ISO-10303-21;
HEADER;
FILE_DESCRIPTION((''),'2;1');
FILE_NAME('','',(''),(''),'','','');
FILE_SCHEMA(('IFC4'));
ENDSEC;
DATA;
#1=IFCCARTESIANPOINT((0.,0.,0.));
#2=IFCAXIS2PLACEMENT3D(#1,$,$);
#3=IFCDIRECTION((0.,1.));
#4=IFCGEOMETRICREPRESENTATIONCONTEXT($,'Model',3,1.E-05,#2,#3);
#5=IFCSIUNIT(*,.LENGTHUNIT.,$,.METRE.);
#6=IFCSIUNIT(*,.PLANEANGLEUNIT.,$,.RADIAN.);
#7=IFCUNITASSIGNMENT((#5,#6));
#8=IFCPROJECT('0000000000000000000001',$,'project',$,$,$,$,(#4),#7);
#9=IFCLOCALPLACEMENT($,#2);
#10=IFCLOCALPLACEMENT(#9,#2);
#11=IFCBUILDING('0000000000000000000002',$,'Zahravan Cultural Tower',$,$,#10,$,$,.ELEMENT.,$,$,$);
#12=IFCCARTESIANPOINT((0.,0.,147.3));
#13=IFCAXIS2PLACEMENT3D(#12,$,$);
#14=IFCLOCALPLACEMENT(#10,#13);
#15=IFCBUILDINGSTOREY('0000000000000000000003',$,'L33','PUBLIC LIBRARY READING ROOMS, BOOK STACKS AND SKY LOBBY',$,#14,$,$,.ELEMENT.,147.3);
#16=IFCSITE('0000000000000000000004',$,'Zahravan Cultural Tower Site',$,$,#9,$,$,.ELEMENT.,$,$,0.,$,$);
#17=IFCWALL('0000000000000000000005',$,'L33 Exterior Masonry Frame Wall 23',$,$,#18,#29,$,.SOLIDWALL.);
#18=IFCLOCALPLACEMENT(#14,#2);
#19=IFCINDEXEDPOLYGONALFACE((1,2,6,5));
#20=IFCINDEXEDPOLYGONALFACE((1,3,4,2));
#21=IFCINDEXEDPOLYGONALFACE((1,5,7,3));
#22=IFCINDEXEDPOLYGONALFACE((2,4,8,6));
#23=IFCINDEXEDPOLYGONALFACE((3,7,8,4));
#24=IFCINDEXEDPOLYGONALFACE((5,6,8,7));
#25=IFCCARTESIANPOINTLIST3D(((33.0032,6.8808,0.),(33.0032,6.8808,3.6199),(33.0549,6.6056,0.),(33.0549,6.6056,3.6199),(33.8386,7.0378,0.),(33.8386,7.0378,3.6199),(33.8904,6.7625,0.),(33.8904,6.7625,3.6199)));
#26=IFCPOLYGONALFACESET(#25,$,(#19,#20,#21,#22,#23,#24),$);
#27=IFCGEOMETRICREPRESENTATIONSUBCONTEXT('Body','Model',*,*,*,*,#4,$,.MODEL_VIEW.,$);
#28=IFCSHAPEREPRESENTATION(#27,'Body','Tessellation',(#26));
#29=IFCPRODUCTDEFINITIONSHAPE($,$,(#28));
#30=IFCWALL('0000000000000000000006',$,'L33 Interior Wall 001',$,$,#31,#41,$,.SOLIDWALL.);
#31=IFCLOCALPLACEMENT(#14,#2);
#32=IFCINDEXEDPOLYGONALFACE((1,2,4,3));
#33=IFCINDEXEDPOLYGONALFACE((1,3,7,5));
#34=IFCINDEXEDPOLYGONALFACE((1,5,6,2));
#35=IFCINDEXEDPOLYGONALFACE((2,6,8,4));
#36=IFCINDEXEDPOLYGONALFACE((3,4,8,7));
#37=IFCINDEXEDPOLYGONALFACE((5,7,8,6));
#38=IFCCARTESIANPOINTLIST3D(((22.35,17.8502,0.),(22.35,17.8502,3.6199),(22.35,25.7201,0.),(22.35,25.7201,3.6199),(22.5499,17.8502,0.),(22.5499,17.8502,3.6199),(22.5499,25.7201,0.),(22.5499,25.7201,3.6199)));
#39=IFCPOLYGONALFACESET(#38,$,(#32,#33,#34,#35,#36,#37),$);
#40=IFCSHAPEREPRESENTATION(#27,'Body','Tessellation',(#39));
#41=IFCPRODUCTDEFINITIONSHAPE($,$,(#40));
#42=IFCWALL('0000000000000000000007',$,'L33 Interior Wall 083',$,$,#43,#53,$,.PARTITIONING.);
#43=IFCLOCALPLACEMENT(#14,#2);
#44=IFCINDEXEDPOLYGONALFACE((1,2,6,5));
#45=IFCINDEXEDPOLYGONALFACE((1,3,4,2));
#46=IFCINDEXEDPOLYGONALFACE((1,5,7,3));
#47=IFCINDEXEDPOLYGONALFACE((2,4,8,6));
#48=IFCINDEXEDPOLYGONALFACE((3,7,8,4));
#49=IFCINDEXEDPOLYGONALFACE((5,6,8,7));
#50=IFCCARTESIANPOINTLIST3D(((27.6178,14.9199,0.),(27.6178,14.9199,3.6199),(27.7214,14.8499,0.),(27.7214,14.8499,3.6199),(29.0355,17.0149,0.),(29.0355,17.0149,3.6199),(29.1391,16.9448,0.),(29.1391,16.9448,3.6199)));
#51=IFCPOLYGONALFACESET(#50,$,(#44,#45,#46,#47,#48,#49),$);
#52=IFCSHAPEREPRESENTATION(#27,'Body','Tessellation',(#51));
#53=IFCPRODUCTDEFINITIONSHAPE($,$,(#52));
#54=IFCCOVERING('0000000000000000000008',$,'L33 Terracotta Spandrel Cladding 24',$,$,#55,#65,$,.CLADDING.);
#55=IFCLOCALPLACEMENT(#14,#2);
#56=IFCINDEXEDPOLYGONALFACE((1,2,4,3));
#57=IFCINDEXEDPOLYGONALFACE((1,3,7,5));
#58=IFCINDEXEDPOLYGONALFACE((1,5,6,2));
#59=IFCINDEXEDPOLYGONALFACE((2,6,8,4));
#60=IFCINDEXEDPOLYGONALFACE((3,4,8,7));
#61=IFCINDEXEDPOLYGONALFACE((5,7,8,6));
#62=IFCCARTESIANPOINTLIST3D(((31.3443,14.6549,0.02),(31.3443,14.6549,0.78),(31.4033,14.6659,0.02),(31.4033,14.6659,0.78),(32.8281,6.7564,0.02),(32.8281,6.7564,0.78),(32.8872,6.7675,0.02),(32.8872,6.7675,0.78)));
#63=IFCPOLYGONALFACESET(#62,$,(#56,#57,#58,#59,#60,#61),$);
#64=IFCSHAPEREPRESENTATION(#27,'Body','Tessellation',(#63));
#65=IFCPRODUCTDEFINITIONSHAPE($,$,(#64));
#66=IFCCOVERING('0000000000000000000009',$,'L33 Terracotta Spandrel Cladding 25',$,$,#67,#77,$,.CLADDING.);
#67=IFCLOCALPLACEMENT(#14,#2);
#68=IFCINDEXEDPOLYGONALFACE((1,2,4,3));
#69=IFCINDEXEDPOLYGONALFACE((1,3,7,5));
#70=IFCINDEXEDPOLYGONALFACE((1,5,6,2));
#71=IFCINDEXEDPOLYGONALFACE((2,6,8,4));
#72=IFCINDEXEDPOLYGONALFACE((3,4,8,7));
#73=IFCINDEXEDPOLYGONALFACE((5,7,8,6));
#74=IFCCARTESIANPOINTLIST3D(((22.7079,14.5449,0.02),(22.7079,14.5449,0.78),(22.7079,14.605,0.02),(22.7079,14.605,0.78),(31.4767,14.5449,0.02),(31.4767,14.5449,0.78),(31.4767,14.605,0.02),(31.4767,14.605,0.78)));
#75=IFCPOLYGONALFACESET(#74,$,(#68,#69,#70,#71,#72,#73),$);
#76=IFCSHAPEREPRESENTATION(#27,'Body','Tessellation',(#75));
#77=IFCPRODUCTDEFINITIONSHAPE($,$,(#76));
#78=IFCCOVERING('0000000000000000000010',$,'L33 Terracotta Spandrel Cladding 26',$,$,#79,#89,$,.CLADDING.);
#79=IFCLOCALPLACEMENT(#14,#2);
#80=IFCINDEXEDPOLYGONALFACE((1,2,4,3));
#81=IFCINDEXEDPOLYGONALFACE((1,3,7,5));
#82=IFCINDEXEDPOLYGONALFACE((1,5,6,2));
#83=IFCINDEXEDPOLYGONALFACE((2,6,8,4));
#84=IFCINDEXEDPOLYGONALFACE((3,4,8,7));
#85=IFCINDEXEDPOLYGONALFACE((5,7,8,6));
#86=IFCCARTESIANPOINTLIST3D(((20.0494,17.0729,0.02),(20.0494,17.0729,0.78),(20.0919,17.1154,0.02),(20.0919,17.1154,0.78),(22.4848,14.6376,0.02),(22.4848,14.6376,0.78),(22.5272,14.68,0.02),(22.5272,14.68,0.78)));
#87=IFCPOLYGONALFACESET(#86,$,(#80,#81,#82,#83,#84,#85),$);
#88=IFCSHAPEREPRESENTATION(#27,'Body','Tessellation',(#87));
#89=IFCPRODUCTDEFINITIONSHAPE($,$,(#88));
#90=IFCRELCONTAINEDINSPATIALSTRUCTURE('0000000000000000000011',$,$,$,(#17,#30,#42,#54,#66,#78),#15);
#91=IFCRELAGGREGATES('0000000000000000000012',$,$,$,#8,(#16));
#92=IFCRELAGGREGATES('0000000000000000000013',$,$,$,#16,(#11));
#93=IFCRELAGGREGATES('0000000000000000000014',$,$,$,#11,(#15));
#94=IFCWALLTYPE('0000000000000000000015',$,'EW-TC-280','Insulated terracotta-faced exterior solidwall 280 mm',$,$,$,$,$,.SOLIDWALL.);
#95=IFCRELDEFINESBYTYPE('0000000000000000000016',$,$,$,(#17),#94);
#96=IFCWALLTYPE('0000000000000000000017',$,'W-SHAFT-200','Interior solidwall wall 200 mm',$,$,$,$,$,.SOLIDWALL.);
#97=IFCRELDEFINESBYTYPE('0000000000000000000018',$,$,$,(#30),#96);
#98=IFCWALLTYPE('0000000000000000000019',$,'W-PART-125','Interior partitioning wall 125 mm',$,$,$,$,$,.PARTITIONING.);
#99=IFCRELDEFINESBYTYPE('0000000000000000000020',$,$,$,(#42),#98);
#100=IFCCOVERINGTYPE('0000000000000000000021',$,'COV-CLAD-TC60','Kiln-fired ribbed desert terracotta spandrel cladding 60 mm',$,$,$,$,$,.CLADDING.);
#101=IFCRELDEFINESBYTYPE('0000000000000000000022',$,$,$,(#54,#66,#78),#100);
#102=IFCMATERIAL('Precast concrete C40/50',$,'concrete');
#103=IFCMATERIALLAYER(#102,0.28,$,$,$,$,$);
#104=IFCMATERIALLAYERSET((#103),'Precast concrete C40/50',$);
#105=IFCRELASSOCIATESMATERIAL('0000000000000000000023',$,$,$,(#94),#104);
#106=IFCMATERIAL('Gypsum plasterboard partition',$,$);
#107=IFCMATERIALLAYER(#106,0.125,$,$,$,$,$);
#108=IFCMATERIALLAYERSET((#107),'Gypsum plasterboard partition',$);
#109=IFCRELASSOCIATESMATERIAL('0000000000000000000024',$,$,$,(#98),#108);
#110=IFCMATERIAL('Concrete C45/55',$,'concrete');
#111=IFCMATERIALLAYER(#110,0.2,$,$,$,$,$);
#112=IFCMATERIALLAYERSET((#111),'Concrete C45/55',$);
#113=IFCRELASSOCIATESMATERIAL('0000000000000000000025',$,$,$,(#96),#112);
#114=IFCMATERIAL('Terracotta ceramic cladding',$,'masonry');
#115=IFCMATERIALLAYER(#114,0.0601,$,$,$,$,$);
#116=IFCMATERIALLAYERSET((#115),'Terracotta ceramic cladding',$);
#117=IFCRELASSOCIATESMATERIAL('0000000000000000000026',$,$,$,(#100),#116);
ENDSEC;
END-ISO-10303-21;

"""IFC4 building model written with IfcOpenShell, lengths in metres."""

from ifc_helpers import new_model, si_unit, direction, frame, frame_2d, origin, origin_2d, place, context, subcontext, project, spatial, rectangle, extrude, source, transform, mapped, material, layer, layer_set, type_object, element, save


model = new_model("IFC4")

# Units and contexts
model_context = context("Model", 3, precision=1e-05, world=origin(), true_north=direction((0.0, 1.0)))
body_context = subcontext(model_context, "Body", "Model", "MODEL_VIEW")
ifc_project = project(units=[si_unit("LENGTHUNIT", "METRE"), si_unit("PLANEANGLEUNIT", "RADIAN")], contexts=[model_context])

# Site, building, storey
site_placement = place(None, origin())
site = spatial("IfcSite", under=ifc_project, at=site_placement, Name="Zahravan Cultural Tower Site", CompositionType="ELEMENT", RefElevation=0.0)
building_placement = place(site_placement, origin())
building = spatial("IfcBuilding", under=site, at=building_placement, Name="Zahravan Cultural Tower", CompositionType="ELEMENT")
storey_placement = place(building_placement, frame((0.0, 0.0, 147.3)))
storey = spatial("IfcBuildingStorey", under=building, at=storey_placement, Name="L33", Description="PUBLIC LIBRARY READING ROOMS, BOOK STACKS AND SKY LOBBY", CompositionType="ELEMENT", Elevation=147.3)

# Shared definitions
ifc_material_1 = material(Name="Precast concrete C40/50", Category="concrete")
ifc_layer_1 = layer(ifc_material_1, 0.28)
ifc_layer_set_1 = layer_set([ifc_layer_1], Name="Precast concrete C40/50")
wall_type_1 = type_object("IfcWallType", Name="EW-TC-280", Description="Insulated terracotta-faced exterior solidwall 280 mm", PredefinedType="SOLIDWALL", material=ifc_layer_set_1)

# Shared definitions
ifc_material_2 = material(Name="Gypsum plasterboard partition")
ifc_layer_2 = layer(ifc_material_2, 0.125)
ifc_layer_set_2 = layer_set([ifc_layer_2], Name="Gypsum plasterboard partition")
wall_type_2 = type_object("IfcWallType", Name="W-PART-125", Description="Interior partitioning wall 125 mm", PredefinedType="PARTITIONING", material=ifc_layer_set_2)
ifc_material_3 = material(Name="Concrete C45/55", Category="concrete")
ifc_layer_3 = layer(ifc_material_3, 0.2)
ifc_layer_set_3 = layer_set([ifc_layer_3], Name="Concrete C45/55")
wall_type_3 = type_object("IfcWallType", Name="W-SHAFT-200", Description="Interior solidwall wall 200 mm", PredefinedType="SOLIDWALL", material=ifc_layer_set_3)

# Walls
shared_shape_1 = source(origin(), body_context, "Body", "SweptSolid", [
    extrude(rectangle(XDim=0.8501, YDim=0.28, at=frame_2d((0.425, 0.0))), origin(), (0.0, 0.0, 1.0), 3.6199),
])
for number, where, z_axis, x_axis, name in (
    (1, (33.8645, 6.9001, 0.0), (0.0, 0.0, 1.0), (-0.982801, -0.18467, 0.0), "L33 Exterior Masonry Frame Wall 23"),
):
    element("IfcWall", number, at=place(storey_placement, frame(where, z_axis=z_axis, x_axis=x_axis)), inside=storey, type_object=wall_type_1, Name=name, PredefinedType="SOLIDWALL", context=body_context, shape_type="MappedRepresentation", body=[
        mapped(shared_shape_1, transform((0.0, 0.0, 0.0), x_axis=(1.0, 0.0, 0.0), y_axis=(0.0, 1.0, 0.0), z_axis=(0.0, 0.0, 1.0), scale=1.0)),
    ])
shared_shape_2 = source(origin(), body_context, "Body", "SweptSolid", [
    extrude(rectangle(XDim=7.8699, YDim=0.2, at=frame_2d((3.9351, 0.0))), origin(), (0.0, 0.0, 1.0), 3.6199),
])
wall_1_placement = place(storey_placement, frame((22.45, 17.8501, 0.0), z_axis=(0.0, 0.0, 1.0), x_axis=(0.0, 1.0, 0.0)))
element("IfcWall", 2, at=wall_1_placement, inside=storey, type_object=wall_type_3, Name="L33 Interior Wall 001", PredefinedType="SOLIDWALL", context=body_context, shape_type="MappedRepresentation", body=[
    mapped(shared_shape_2, transform((0.0, 0.0, 0.0), x_axis=(1.0, 0.0, 0.0), y_axis=(0.0, 1.0, 0.0), z_axis=(0.0, 0.0, 1.0), scale=1.0)),
])
shared_shape_3 = source(origin(), body_context, "Body", "SweptSolid", [
    extrude(rectangle(XDim=2.5295, YDim=0.125, at=frame_2d((1.2646, 0.0))), origin(), (0.0, 0.0, 1.0), 3.6199),
])
wall_2_placement = place(storey_placement, frame((27.6697, 14.885, 0.0), z_axis=(0.0, 0.0, 1.0), x_axis=(0.560455, 0.828185, 0.0)))
element("IfcWall", 3, at=wall_2_placement, inside=storey, type_object=wall_type_2, Name="L33 Interior Wall 083", PredefinedType="PARTITIONING", context=body_context, shape_type="MappedRepresentation", body=[
    mapped(shared_shape_3, transform((0.0, 0.0, 0.0), x_axis=(1.0, 0.0, 0.0), y_axis=(0.0, 1.0, 0.0), z_axis=(0.0, 0.0, 1.0), scale=1.0)),
])

# Coverings
ifc_material_4 = material(Name="Terracotta ceramic cladding", Category="masonry")
ifc_layer_4 = layer(ifc_material_4, 0.0601)
ifc_layer_set_4 = layer_set([ifc_layer_4], Name="Terracotta ceramic cladding")
covering_type = type_object("IfcCoveringType", Name="COV-CLAD-TC60", Description="Kiln-fired ribbed desert terracotta spandrel cladding 60 mm", PredefinedType="CLADDING", material=ifc_layer_set_4)
shared_shape_4 = source(origin(), body_context, "Body", "SweptSolid", [
    extrude(rectangle(XDim=8.0366, YDim=0.0601, at=origin_2d()), origin(), (0.0, 0.0, 1.0), 0.76),
])
covering_1_placement = place(storey_placement, frame((32.1157, 10.7112, 0.02), z_axis=(0.0, 0.0, 1.0), x_axis=(-0.184638, 0.982807, 0.0)))
element("IfcCovering", 4, at=covering_1_placement, inside=storey, type_object=covering_type, Name="L33 Terracotta Spandrel Cladding 24", PredefinedType="CLADDING", context=body_context, shape_type="MappedRepresentation", body=[
    mapped(shared_shape_4, transform((0.0, 0.0, 0.0), x_axis=(1.0, 0.0, 0.0), y_axis=(0.0, 1.0, 0.0), z_axis=(0.0, 0.0, 1.0), scale=1.0)),
])
shared_shape_5 = source(origin(), body_context, "Body", "SweptSolid", [
    extrude(rectangle(XDim=8.7688, YDim=0.0601, at=origin_2d()), origin(), (0.0, 0.0, 1.0), 0.76),
])
covering_2_placement = place(storey_placement, frame((27.0923, 14.575, 0.02), z_axis=(0.0, 0.0, 1.0), x_axis=(-1.0, 0.0, 0.0)))
element("IfcCovering", 5, at=covering_2_placement, inside=storey, type_object=covering_type, Name="L33 Terracotta Spandrel Cladding 25", PredefinedType="CLADDING", context=body_context, shape_type="MappedRepresentation", body=[
    mapped(shared_shape_5, transform((0.0, 0.0, 0.0), x_axis=(1.0, 0.0, 0.0), y_axis=(0.0, 1.0, 0.0), z_axis=(0.0, 0.0, 1.0), scale=1.0)),
])
shared_shape_6 = source(origin(), body_context, "Body", "SweptSolid", [
    extrude(rectangle(XDim=3.4441, YDim=0.0601, at=origin_2d()), origin(), (0.0, 0.0, 1.0), 0.76),
])
covering_3_placement = place(storey_placement, frame((21.2883, 15.8765, 0.02), z_axis=(0.0, 0.0, 1.0), x_axis=(-0.707107, 0.707107, 0.0)))
element("IfcCovering", 6, at=covering_3_placement, inside=storey, type_object=covering_type, Name="L33 Terracotta Spandrel Cladding 26", PredefinedType="CLADDING", context=body_context, shape_type="MappedRepresentation", body=[
    mapped(shared_shape_6, transform((0.0, 0.0, 0.0), x_axis=(1.0, 0.0, 0.0), y_axis=(0.0, 1.0, 0.0), z_axis=(0.0, 0.0, 1.0), scale=1.0)),
])

save(model, "model.ifc")
